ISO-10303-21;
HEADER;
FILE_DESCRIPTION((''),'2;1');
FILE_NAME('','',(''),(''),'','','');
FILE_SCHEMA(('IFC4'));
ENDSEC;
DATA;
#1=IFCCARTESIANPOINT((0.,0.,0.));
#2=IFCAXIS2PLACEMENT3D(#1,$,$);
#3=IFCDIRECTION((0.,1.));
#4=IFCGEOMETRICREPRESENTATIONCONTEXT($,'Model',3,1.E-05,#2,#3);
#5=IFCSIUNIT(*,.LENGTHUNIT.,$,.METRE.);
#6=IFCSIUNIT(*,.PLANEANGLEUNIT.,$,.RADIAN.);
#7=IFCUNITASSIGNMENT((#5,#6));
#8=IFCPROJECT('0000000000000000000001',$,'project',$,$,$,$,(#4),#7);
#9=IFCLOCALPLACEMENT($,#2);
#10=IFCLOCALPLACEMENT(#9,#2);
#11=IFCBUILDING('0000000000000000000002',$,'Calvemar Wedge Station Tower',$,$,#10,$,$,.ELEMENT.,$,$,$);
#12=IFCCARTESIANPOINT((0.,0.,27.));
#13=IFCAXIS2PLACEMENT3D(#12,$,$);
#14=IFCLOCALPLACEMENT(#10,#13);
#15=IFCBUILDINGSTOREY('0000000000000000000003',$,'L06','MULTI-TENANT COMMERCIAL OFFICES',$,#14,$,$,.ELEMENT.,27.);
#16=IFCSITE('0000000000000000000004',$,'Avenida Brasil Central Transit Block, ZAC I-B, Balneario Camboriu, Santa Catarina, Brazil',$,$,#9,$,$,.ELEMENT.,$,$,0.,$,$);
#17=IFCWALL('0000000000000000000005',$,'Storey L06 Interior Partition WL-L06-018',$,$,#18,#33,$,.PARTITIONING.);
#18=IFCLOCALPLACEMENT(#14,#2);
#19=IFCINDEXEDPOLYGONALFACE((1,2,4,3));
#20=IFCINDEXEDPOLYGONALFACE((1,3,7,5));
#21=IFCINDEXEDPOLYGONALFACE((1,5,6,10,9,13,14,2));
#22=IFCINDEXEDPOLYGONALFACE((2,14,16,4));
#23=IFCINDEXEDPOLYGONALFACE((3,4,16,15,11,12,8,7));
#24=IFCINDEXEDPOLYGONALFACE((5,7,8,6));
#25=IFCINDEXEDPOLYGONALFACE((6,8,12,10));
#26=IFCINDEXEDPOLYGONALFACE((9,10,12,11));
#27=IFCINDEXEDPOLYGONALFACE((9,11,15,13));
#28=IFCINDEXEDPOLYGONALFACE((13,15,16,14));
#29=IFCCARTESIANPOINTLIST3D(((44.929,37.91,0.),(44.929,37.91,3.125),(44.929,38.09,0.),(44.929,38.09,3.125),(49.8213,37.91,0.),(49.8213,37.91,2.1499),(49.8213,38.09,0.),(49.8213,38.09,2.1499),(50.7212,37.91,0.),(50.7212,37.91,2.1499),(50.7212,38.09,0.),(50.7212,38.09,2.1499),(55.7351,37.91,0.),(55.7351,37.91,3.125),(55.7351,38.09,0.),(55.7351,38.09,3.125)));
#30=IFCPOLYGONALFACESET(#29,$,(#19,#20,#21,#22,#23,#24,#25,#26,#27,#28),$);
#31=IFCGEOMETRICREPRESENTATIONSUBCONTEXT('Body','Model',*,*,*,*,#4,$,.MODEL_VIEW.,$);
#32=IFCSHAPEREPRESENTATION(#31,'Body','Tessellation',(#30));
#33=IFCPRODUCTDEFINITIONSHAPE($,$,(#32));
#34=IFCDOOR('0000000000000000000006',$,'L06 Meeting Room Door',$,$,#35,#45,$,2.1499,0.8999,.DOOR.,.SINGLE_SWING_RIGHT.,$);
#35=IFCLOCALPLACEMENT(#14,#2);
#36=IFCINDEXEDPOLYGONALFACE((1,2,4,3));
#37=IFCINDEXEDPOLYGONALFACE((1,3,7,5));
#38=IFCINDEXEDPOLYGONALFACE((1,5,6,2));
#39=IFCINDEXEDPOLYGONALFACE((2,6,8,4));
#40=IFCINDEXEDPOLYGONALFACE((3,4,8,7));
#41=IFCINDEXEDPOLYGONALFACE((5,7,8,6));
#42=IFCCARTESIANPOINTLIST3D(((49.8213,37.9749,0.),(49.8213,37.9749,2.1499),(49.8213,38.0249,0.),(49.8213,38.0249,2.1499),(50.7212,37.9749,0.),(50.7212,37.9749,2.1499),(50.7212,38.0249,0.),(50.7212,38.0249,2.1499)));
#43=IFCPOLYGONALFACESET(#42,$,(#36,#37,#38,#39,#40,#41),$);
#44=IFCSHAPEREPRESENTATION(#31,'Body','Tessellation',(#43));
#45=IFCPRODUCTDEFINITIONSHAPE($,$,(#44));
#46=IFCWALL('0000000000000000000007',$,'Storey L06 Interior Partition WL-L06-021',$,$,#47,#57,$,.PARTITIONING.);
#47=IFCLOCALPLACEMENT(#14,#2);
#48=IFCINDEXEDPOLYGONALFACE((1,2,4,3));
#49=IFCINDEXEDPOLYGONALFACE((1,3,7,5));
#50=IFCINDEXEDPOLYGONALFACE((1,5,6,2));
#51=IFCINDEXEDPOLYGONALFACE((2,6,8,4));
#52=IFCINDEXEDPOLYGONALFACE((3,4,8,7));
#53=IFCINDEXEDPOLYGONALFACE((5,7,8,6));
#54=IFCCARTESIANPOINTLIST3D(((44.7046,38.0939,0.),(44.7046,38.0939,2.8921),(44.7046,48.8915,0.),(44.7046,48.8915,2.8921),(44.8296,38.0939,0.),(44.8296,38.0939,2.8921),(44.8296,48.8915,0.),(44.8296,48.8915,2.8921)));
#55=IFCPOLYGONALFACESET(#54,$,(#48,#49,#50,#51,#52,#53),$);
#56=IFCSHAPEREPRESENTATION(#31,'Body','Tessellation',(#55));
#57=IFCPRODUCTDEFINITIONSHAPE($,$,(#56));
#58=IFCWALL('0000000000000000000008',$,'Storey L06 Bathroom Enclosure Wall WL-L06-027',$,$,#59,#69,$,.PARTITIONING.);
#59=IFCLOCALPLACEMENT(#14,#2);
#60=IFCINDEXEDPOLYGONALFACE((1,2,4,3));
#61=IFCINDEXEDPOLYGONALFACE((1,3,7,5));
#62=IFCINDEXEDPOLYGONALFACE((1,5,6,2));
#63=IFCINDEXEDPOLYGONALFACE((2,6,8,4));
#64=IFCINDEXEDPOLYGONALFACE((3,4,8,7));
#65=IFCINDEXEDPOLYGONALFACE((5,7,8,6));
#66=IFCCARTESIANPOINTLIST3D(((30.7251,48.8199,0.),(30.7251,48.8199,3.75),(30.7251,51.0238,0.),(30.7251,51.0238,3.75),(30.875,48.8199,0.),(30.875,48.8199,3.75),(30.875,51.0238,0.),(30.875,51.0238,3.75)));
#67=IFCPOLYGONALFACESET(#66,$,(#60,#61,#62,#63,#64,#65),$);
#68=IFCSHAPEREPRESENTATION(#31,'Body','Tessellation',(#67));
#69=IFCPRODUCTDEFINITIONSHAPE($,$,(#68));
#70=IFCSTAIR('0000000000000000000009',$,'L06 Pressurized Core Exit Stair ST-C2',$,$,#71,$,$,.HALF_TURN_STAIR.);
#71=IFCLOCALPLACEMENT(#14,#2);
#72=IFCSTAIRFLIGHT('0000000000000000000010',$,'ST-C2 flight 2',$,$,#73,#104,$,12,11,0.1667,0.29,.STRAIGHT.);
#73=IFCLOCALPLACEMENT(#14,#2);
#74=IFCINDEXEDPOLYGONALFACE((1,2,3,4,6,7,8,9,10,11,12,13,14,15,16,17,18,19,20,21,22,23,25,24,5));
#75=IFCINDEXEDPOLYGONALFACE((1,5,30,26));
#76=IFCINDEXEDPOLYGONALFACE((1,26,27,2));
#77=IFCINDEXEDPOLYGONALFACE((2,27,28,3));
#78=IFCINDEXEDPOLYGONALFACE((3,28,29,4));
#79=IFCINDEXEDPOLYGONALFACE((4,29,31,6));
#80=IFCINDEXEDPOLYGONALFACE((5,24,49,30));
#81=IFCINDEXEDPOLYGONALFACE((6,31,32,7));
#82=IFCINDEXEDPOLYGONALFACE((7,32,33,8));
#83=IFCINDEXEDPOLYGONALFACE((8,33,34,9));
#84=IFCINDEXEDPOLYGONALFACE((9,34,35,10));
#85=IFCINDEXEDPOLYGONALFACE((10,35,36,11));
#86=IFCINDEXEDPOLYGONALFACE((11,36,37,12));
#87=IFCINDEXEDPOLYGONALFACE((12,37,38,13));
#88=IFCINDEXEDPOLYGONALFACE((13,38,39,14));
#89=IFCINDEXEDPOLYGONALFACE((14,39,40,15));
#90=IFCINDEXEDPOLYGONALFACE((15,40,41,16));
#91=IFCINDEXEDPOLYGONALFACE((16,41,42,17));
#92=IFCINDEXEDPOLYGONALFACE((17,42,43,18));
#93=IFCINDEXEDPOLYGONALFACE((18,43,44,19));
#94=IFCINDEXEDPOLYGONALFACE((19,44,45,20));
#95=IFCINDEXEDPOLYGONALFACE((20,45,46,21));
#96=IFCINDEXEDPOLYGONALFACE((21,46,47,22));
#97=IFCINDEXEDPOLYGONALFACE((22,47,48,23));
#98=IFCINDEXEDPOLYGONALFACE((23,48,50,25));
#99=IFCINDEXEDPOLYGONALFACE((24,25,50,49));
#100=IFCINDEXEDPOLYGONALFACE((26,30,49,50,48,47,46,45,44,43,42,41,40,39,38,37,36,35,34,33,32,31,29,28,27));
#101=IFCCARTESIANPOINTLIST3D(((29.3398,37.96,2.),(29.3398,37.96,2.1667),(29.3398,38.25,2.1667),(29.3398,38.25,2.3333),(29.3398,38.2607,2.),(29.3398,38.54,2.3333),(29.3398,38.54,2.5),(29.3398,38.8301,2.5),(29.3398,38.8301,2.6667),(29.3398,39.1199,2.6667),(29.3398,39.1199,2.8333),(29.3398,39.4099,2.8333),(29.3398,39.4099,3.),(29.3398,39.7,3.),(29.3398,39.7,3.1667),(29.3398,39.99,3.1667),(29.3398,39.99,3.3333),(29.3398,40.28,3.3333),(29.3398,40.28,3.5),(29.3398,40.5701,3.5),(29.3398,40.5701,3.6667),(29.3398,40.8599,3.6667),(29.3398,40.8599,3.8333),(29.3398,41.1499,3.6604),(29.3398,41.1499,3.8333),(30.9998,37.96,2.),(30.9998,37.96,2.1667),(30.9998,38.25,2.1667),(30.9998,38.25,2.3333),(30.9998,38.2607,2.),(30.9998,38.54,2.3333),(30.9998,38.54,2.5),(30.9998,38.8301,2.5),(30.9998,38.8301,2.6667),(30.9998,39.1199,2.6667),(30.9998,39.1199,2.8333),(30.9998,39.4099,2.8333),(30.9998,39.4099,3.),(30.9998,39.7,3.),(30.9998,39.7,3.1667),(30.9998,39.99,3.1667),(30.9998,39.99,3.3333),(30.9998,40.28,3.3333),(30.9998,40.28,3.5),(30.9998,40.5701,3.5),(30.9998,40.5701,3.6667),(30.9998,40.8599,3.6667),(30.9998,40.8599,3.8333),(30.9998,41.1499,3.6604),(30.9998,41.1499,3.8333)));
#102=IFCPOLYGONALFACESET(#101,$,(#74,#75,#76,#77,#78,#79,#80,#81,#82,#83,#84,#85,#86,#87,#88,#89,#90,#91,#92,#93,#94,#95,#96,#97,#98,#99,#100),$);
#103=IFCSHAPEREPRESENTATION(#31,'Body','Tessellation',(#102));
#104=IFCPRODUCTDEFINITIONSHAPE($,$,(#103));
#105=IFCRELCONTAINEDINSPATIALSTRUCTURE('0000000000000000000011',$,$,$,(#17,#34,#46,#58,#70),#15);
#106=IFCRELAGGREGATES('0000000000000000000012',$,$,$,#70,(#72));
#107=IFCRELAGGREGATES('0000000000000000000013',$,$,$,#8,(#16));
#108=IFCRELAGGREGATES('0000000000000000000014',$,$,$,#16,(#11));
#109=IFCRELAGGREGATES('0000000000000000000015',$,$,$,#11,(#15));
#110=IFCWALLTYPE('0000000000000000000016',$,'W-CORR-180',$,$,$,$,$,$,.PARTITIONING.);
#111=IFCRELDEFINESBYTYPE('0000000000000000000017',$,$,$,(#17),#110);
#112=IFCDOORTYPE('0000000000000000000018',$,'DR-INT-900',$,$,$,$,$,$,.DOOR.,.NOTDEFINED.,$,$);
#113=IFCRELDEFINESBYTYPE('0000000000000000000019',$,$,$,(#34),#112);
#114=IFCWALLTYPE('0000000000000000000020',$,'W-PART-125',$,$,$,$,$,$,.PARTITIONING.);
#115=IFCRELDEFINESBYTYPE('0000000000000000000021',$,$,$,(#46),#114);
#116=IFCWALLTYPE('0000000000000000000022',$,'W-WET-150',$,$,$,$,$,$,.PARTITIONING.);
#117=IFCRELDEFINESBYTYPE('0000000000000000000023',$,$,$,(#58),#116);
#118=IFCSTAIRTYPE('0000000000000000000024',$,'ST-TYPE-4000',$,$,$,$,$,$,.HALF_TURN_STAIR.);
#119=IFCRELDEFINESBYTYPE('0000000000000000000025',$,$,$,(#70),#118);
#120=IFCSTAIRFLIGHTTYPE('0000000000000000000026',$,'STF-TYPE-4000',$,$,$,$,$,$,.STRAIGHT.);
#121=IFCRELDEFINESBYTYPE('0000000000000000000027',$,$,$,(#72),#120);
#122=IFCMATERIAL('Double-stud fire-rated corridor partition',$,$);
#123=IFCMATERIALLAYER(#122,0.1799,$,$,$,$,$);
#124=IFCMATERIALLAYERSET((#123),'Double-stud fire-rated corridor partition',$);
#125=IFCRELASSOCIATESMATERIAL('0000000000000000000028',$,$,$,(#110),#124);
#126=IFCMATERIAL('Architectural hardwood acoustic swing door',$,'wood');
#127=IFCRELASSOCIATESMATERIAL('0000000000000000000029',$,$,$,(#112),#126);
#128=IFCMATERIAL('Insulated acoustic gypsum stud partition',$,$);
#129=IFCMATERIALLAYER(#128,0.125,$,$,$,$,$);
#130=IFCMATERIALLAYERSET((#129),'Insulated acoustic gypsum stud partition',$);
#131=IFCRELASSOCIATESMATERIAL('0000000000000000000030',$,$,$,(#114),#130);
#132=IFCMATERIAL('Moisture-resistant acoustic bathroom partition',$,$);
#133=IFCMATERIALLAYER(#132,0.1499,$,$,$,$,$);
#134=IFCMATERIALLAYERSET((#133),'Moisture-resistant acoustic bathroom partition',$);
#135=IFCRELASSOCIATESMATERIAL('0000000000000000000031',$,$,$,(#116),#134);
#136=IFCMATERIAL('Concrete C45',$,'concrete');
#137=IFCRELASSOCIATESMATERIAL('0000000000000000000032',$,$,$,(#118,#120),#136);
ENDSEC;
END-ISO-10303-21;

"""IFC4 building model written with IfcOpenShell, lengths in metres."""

from ifc_helpers import new_model, si_unit, direction, frame, frame_2d, origin, place, context, subcontext, project, spatial, polyline, rectangle, outline, extrude, source, transform, mapped, material, layer, layer_set, type_object, element, fill, aggregate, save


model = new_model("IFC4")

# Units and contexts
model_context = context("Model", 3, precision=1e-05, world=origin(), true_north=direction((0.0, 1.0)))
body_context = subcontext(model_context, "Body", "Model", "MODEL_VIEW")
ifc_project = project(units=[si_unit("LENGTHUNIT", "METRE"), si_unit("PLANEANGLEUNIT", "RADIAN")], contexts=[model_context])

# Site, building, storey
site_placement = place(None, origin())
site = spatial("IfcSite", under=ifc_project, at=site_placement, Name="Avenida Brasil Central Transit Block, ZAC I-B, Balneario Camboriu, Santa Catarina, Brazil", CompositionType="ELEMENT", RefElevation=0.0)
building_placement = place(site_placement, origin())
building = spatial("IfcBuilding", under=site, at=building_placement, Name="Calvemar Wedge Station Tower", CompositionType="ELEMENT")
storey_placement = place(building_placement, frame((0.0, 0.0, 27.0)))
storey = spatial("IfcBuildingStorey", under=building, at=storey_placement, Name="L06", Description="MULTI-TENANT COMMERCIAL OFFICES", CompositionType="ELEMENT", Elevation=27.0)

# Shared definitions
ifc_material_1 = material(Name="Double-stud fire-rated corridor partition")
ifc_layer_1 = layer(ifc_material_1, 0.1799)
ifc_layer_set_1 = layer_set([ifc_layer_1], Name="Double-stud fire-rated corridor partition")
wall_type_1 = type_object("IfcWallType", Name="W-CORR-180", PredefinedType="PARTITIONING", material=ifc_layer_set_1)

# Wall, opening, door
shared_shape_1 = source(origin(), body_context, "Body", "SweptSolid", [
    extrude(rectangle(XDim=0.8999, YDim=2.1499, at=frame_2d((0.45, 1.075))), frame((0.0, 0.1001, 0.0), z_axis=(0.0, -1.0, 0.0), x_axis=(1.0, 0.0, 0.0)), (0.0, 0.0, 1.0), 0.2),
])
ifc_material_2 = material(Name="Architectural hardwood acoustic swing door", Category="wood")
door_type_1 = type_object("IfcDoorType", Name="DR-INT-900", OperationType="NOTDEFINED", PredefinedType="DOOR", material=ifc_material_2)
shared_shape_2 = source(origin(), body_context, "Body", "SweptSolid", [
    extrude(rectangle(XDim=0.8999, YDim=2.1499, at=frame_2d((0.45, 1.075))), frame((0.0, 0.0249, 0.0), z_axis=(0.0, -1.0, 0.0), x_axis=(1.0, 0.0, 0.0)), (0.0, 0.0, 1.0), 0.05),
])
wall_1_placement = place(storey_placement, frame((44.929, 38.0, 0.0), z_axis=(0.0, 0.0, 1.0), x_axis=(1.0, 0.0, 0.0)))
wall_1 = element("IfcWall", 1, at=wall_1_placement, inside=storey, type_object=wall_type_1, Name="Storey L06 Interior Partition WL-L06-018", PredefinedType="PARTITIONING", context=body_context, shape_type="SweptSolid", body=[
    extrude(rectangle(XDim=10.8062, YDim=0.1799, at=frame_2d((5.4031, 0.0))), origin(), (0.0, 0.0, 1.0), 3.125),
])
opening_1_placement = place(wall_1_placement, frame((4.8923, 0.0, 0.0)))
opening_1 = element("IfcOpeningElement", 2, at=opening_1_placement, cuts=wall_1, PredefinedType="OPENING", context=body_context, shape_type="MappedRepresentation", body=[
    mapped(shared_shape_1, transform((0.0, 0.0, 0.0), scale=1.0)),
])
door_1_placement = place(opening_1_placement, origin())
door_1 = element("IfcDoor", 3, at=door_1_placement, inside=storey, type_object=door_type_1, Name="L06 Meeting Room Door", OperationType="SINGLE_SWING_RIGHT", OverallHeight=2.1499, OverallWidth=0.8999, PredefinedType="DOOR", context=body_context, shape_type="MappedRepresentation", body=[
    mapped(shared_shape_2, transform((0.0, 0.0, 0.0), scale=1.0)),
])
fill(opening_1, door_1)

# Walls
ifc_material_3 = material(Name="Insulated acoustic gypsum stud partition")
ifc_layer_2 = layer(ifc_material_3, 0.125)
ifc_layer_set_2 = layer_set([ifc_layer_2], Name="Insulated acoustic gypsum stud partition")
wall_type_2 = type_object("IfcWallType", Name="W-PART-125", PredefinedType="PARTITIONING", material=ifc_layer_set_2)
wall_2_placement = place(storey_placement, frame((44.7671, 48.8916, 0.0), z_axis=(0.0, 0.0, 1.0), x_axis=(0.0, -1.0, 0.0)))
element("IfcWall", 4, at=wall_2_placement, inside=storey, type_object=wall_type_2, Name="Storey L06 Interior Partition WL-L06-021", PredefinedType="PARTITIONING", context=body_context, shape_type="SweptSolid", body=[
    extrude(rectangle(XDim=10.7976, YDim=0.125, at=frame_2d((5.3989, 0.0))), origin(), (0.0, 0.0, 1.0), 2.8921),
])
ifc_material_4 = material(Name="Moisture-resistant acoustic bathroom partition")
ifc_layer_3 = layer(ifc_material_4, 0.1499)
ifc_layer_set_3 = layer_set([ifc_layer_3], Name="Moisture-resistant acoustic bathroom partition")
wall_type_3 = type_object("IfcWallType", Name="W-WET-150", PredefinedType="PARTITIONING", material=ifc_layer_set_3)
wall_3_placement = place(storey_placement, frame((30.8, 51.0239, 0.0), z_axis=(0.0, 0.0, 1.0), x_axis=(0.0, -1.0, 0.0)))
element("IfcWall", 5, at=wall_3_placement, inside=storey, type_object=wall_type_3, Name="Storey L06 Bathroom Enclosure Wall WL-L06-027", PredefinedType="PARTITIONING", context=body_context, shape_type="SweptSolid", body=[
    extrude(rectangle(XDim=2.2039, YDim=0.1499, at=frame_2d((1.1021, 0.0))), origin(), (0.0, 0.0, 1.0), 3.75),
])

# Stair, stair flight
ifc_material_5 = material(Name="Concrete C45", Category="concrete")
stair_type = type_object("IfcStairType", Name="ST-TYPE-4000", PredefinedType="HALF_TURN_STAIR", material=ifc_material_5)
stair_placement = place(storey_placement, origin())
stair = element("IfcStair", 6, at=stair_placement, inside=storey, type_object=stair_type, Name="L06 Pressurized Core Exit Stair ST-C2", PredefinedType="HALF_TURN_STAIR")
stair_flight_type = type_object("IfcStairFlightType", Name="STF-TYPE-4000", PredefinedType="STRAIGHT", material=ifc_material_5)
stair_flight_placement = place(storey_placement, frame((30.1699, 37.96, 2.0), z_axis=(0.0, 0.0, 1.0), x_axis=(0.0, 1.0, 0.0)))
stair_flight = element("IfcStairFlight", 7, at=stair_flight_placement, type_object=stair_flight_type, Name="ST-C2 flight 2", NumberOfRisers=12, NumberOfTreads=11, PredefinedType="STRAIGHT", RiserHeight=0.1667, TreadLength=0.29, context=body_context, shape_type="SweptSolid", body=[
    extrude(outline(polyline([(0.0, 0.0), (0.0, 0.1667), (0.29, 0.1667), (0.29, 0.3333), (0.5801, 0.3333), (0.5801, 0.5), (0.8701, 0.5), (0.8701, 0.6667), (1.1599, 0.6667), (1.1599, 0.8333), (1.45, 0.8333), (1.45, 1.0), (1.74, 1.0), (1.74, 1.1667), (2.03, 1.1667), (2.03, 1.3333), (2.3201, 1.3333), (2.3201, 1.5), (2.6101, 1.5), (2.6101, 1.6667), (2.8999, 1.6667), (2.8999, 1.8333), (3.1899, 1.8333), (3.1899, 2.0), (3.1899, 1.6604), (0.3008, 0.0), (0.0, 0.0)])), frame((0.0, 0.8301, 0.0), z_axis=(0.0, -1.0, 0.0), x_axis=(1.0, 0.0, 0.0)), (0.0, 0.0, 1.0), 1.6599),
])
aggregate(stair, [stair_flight])

save(model, "model.ifc")
